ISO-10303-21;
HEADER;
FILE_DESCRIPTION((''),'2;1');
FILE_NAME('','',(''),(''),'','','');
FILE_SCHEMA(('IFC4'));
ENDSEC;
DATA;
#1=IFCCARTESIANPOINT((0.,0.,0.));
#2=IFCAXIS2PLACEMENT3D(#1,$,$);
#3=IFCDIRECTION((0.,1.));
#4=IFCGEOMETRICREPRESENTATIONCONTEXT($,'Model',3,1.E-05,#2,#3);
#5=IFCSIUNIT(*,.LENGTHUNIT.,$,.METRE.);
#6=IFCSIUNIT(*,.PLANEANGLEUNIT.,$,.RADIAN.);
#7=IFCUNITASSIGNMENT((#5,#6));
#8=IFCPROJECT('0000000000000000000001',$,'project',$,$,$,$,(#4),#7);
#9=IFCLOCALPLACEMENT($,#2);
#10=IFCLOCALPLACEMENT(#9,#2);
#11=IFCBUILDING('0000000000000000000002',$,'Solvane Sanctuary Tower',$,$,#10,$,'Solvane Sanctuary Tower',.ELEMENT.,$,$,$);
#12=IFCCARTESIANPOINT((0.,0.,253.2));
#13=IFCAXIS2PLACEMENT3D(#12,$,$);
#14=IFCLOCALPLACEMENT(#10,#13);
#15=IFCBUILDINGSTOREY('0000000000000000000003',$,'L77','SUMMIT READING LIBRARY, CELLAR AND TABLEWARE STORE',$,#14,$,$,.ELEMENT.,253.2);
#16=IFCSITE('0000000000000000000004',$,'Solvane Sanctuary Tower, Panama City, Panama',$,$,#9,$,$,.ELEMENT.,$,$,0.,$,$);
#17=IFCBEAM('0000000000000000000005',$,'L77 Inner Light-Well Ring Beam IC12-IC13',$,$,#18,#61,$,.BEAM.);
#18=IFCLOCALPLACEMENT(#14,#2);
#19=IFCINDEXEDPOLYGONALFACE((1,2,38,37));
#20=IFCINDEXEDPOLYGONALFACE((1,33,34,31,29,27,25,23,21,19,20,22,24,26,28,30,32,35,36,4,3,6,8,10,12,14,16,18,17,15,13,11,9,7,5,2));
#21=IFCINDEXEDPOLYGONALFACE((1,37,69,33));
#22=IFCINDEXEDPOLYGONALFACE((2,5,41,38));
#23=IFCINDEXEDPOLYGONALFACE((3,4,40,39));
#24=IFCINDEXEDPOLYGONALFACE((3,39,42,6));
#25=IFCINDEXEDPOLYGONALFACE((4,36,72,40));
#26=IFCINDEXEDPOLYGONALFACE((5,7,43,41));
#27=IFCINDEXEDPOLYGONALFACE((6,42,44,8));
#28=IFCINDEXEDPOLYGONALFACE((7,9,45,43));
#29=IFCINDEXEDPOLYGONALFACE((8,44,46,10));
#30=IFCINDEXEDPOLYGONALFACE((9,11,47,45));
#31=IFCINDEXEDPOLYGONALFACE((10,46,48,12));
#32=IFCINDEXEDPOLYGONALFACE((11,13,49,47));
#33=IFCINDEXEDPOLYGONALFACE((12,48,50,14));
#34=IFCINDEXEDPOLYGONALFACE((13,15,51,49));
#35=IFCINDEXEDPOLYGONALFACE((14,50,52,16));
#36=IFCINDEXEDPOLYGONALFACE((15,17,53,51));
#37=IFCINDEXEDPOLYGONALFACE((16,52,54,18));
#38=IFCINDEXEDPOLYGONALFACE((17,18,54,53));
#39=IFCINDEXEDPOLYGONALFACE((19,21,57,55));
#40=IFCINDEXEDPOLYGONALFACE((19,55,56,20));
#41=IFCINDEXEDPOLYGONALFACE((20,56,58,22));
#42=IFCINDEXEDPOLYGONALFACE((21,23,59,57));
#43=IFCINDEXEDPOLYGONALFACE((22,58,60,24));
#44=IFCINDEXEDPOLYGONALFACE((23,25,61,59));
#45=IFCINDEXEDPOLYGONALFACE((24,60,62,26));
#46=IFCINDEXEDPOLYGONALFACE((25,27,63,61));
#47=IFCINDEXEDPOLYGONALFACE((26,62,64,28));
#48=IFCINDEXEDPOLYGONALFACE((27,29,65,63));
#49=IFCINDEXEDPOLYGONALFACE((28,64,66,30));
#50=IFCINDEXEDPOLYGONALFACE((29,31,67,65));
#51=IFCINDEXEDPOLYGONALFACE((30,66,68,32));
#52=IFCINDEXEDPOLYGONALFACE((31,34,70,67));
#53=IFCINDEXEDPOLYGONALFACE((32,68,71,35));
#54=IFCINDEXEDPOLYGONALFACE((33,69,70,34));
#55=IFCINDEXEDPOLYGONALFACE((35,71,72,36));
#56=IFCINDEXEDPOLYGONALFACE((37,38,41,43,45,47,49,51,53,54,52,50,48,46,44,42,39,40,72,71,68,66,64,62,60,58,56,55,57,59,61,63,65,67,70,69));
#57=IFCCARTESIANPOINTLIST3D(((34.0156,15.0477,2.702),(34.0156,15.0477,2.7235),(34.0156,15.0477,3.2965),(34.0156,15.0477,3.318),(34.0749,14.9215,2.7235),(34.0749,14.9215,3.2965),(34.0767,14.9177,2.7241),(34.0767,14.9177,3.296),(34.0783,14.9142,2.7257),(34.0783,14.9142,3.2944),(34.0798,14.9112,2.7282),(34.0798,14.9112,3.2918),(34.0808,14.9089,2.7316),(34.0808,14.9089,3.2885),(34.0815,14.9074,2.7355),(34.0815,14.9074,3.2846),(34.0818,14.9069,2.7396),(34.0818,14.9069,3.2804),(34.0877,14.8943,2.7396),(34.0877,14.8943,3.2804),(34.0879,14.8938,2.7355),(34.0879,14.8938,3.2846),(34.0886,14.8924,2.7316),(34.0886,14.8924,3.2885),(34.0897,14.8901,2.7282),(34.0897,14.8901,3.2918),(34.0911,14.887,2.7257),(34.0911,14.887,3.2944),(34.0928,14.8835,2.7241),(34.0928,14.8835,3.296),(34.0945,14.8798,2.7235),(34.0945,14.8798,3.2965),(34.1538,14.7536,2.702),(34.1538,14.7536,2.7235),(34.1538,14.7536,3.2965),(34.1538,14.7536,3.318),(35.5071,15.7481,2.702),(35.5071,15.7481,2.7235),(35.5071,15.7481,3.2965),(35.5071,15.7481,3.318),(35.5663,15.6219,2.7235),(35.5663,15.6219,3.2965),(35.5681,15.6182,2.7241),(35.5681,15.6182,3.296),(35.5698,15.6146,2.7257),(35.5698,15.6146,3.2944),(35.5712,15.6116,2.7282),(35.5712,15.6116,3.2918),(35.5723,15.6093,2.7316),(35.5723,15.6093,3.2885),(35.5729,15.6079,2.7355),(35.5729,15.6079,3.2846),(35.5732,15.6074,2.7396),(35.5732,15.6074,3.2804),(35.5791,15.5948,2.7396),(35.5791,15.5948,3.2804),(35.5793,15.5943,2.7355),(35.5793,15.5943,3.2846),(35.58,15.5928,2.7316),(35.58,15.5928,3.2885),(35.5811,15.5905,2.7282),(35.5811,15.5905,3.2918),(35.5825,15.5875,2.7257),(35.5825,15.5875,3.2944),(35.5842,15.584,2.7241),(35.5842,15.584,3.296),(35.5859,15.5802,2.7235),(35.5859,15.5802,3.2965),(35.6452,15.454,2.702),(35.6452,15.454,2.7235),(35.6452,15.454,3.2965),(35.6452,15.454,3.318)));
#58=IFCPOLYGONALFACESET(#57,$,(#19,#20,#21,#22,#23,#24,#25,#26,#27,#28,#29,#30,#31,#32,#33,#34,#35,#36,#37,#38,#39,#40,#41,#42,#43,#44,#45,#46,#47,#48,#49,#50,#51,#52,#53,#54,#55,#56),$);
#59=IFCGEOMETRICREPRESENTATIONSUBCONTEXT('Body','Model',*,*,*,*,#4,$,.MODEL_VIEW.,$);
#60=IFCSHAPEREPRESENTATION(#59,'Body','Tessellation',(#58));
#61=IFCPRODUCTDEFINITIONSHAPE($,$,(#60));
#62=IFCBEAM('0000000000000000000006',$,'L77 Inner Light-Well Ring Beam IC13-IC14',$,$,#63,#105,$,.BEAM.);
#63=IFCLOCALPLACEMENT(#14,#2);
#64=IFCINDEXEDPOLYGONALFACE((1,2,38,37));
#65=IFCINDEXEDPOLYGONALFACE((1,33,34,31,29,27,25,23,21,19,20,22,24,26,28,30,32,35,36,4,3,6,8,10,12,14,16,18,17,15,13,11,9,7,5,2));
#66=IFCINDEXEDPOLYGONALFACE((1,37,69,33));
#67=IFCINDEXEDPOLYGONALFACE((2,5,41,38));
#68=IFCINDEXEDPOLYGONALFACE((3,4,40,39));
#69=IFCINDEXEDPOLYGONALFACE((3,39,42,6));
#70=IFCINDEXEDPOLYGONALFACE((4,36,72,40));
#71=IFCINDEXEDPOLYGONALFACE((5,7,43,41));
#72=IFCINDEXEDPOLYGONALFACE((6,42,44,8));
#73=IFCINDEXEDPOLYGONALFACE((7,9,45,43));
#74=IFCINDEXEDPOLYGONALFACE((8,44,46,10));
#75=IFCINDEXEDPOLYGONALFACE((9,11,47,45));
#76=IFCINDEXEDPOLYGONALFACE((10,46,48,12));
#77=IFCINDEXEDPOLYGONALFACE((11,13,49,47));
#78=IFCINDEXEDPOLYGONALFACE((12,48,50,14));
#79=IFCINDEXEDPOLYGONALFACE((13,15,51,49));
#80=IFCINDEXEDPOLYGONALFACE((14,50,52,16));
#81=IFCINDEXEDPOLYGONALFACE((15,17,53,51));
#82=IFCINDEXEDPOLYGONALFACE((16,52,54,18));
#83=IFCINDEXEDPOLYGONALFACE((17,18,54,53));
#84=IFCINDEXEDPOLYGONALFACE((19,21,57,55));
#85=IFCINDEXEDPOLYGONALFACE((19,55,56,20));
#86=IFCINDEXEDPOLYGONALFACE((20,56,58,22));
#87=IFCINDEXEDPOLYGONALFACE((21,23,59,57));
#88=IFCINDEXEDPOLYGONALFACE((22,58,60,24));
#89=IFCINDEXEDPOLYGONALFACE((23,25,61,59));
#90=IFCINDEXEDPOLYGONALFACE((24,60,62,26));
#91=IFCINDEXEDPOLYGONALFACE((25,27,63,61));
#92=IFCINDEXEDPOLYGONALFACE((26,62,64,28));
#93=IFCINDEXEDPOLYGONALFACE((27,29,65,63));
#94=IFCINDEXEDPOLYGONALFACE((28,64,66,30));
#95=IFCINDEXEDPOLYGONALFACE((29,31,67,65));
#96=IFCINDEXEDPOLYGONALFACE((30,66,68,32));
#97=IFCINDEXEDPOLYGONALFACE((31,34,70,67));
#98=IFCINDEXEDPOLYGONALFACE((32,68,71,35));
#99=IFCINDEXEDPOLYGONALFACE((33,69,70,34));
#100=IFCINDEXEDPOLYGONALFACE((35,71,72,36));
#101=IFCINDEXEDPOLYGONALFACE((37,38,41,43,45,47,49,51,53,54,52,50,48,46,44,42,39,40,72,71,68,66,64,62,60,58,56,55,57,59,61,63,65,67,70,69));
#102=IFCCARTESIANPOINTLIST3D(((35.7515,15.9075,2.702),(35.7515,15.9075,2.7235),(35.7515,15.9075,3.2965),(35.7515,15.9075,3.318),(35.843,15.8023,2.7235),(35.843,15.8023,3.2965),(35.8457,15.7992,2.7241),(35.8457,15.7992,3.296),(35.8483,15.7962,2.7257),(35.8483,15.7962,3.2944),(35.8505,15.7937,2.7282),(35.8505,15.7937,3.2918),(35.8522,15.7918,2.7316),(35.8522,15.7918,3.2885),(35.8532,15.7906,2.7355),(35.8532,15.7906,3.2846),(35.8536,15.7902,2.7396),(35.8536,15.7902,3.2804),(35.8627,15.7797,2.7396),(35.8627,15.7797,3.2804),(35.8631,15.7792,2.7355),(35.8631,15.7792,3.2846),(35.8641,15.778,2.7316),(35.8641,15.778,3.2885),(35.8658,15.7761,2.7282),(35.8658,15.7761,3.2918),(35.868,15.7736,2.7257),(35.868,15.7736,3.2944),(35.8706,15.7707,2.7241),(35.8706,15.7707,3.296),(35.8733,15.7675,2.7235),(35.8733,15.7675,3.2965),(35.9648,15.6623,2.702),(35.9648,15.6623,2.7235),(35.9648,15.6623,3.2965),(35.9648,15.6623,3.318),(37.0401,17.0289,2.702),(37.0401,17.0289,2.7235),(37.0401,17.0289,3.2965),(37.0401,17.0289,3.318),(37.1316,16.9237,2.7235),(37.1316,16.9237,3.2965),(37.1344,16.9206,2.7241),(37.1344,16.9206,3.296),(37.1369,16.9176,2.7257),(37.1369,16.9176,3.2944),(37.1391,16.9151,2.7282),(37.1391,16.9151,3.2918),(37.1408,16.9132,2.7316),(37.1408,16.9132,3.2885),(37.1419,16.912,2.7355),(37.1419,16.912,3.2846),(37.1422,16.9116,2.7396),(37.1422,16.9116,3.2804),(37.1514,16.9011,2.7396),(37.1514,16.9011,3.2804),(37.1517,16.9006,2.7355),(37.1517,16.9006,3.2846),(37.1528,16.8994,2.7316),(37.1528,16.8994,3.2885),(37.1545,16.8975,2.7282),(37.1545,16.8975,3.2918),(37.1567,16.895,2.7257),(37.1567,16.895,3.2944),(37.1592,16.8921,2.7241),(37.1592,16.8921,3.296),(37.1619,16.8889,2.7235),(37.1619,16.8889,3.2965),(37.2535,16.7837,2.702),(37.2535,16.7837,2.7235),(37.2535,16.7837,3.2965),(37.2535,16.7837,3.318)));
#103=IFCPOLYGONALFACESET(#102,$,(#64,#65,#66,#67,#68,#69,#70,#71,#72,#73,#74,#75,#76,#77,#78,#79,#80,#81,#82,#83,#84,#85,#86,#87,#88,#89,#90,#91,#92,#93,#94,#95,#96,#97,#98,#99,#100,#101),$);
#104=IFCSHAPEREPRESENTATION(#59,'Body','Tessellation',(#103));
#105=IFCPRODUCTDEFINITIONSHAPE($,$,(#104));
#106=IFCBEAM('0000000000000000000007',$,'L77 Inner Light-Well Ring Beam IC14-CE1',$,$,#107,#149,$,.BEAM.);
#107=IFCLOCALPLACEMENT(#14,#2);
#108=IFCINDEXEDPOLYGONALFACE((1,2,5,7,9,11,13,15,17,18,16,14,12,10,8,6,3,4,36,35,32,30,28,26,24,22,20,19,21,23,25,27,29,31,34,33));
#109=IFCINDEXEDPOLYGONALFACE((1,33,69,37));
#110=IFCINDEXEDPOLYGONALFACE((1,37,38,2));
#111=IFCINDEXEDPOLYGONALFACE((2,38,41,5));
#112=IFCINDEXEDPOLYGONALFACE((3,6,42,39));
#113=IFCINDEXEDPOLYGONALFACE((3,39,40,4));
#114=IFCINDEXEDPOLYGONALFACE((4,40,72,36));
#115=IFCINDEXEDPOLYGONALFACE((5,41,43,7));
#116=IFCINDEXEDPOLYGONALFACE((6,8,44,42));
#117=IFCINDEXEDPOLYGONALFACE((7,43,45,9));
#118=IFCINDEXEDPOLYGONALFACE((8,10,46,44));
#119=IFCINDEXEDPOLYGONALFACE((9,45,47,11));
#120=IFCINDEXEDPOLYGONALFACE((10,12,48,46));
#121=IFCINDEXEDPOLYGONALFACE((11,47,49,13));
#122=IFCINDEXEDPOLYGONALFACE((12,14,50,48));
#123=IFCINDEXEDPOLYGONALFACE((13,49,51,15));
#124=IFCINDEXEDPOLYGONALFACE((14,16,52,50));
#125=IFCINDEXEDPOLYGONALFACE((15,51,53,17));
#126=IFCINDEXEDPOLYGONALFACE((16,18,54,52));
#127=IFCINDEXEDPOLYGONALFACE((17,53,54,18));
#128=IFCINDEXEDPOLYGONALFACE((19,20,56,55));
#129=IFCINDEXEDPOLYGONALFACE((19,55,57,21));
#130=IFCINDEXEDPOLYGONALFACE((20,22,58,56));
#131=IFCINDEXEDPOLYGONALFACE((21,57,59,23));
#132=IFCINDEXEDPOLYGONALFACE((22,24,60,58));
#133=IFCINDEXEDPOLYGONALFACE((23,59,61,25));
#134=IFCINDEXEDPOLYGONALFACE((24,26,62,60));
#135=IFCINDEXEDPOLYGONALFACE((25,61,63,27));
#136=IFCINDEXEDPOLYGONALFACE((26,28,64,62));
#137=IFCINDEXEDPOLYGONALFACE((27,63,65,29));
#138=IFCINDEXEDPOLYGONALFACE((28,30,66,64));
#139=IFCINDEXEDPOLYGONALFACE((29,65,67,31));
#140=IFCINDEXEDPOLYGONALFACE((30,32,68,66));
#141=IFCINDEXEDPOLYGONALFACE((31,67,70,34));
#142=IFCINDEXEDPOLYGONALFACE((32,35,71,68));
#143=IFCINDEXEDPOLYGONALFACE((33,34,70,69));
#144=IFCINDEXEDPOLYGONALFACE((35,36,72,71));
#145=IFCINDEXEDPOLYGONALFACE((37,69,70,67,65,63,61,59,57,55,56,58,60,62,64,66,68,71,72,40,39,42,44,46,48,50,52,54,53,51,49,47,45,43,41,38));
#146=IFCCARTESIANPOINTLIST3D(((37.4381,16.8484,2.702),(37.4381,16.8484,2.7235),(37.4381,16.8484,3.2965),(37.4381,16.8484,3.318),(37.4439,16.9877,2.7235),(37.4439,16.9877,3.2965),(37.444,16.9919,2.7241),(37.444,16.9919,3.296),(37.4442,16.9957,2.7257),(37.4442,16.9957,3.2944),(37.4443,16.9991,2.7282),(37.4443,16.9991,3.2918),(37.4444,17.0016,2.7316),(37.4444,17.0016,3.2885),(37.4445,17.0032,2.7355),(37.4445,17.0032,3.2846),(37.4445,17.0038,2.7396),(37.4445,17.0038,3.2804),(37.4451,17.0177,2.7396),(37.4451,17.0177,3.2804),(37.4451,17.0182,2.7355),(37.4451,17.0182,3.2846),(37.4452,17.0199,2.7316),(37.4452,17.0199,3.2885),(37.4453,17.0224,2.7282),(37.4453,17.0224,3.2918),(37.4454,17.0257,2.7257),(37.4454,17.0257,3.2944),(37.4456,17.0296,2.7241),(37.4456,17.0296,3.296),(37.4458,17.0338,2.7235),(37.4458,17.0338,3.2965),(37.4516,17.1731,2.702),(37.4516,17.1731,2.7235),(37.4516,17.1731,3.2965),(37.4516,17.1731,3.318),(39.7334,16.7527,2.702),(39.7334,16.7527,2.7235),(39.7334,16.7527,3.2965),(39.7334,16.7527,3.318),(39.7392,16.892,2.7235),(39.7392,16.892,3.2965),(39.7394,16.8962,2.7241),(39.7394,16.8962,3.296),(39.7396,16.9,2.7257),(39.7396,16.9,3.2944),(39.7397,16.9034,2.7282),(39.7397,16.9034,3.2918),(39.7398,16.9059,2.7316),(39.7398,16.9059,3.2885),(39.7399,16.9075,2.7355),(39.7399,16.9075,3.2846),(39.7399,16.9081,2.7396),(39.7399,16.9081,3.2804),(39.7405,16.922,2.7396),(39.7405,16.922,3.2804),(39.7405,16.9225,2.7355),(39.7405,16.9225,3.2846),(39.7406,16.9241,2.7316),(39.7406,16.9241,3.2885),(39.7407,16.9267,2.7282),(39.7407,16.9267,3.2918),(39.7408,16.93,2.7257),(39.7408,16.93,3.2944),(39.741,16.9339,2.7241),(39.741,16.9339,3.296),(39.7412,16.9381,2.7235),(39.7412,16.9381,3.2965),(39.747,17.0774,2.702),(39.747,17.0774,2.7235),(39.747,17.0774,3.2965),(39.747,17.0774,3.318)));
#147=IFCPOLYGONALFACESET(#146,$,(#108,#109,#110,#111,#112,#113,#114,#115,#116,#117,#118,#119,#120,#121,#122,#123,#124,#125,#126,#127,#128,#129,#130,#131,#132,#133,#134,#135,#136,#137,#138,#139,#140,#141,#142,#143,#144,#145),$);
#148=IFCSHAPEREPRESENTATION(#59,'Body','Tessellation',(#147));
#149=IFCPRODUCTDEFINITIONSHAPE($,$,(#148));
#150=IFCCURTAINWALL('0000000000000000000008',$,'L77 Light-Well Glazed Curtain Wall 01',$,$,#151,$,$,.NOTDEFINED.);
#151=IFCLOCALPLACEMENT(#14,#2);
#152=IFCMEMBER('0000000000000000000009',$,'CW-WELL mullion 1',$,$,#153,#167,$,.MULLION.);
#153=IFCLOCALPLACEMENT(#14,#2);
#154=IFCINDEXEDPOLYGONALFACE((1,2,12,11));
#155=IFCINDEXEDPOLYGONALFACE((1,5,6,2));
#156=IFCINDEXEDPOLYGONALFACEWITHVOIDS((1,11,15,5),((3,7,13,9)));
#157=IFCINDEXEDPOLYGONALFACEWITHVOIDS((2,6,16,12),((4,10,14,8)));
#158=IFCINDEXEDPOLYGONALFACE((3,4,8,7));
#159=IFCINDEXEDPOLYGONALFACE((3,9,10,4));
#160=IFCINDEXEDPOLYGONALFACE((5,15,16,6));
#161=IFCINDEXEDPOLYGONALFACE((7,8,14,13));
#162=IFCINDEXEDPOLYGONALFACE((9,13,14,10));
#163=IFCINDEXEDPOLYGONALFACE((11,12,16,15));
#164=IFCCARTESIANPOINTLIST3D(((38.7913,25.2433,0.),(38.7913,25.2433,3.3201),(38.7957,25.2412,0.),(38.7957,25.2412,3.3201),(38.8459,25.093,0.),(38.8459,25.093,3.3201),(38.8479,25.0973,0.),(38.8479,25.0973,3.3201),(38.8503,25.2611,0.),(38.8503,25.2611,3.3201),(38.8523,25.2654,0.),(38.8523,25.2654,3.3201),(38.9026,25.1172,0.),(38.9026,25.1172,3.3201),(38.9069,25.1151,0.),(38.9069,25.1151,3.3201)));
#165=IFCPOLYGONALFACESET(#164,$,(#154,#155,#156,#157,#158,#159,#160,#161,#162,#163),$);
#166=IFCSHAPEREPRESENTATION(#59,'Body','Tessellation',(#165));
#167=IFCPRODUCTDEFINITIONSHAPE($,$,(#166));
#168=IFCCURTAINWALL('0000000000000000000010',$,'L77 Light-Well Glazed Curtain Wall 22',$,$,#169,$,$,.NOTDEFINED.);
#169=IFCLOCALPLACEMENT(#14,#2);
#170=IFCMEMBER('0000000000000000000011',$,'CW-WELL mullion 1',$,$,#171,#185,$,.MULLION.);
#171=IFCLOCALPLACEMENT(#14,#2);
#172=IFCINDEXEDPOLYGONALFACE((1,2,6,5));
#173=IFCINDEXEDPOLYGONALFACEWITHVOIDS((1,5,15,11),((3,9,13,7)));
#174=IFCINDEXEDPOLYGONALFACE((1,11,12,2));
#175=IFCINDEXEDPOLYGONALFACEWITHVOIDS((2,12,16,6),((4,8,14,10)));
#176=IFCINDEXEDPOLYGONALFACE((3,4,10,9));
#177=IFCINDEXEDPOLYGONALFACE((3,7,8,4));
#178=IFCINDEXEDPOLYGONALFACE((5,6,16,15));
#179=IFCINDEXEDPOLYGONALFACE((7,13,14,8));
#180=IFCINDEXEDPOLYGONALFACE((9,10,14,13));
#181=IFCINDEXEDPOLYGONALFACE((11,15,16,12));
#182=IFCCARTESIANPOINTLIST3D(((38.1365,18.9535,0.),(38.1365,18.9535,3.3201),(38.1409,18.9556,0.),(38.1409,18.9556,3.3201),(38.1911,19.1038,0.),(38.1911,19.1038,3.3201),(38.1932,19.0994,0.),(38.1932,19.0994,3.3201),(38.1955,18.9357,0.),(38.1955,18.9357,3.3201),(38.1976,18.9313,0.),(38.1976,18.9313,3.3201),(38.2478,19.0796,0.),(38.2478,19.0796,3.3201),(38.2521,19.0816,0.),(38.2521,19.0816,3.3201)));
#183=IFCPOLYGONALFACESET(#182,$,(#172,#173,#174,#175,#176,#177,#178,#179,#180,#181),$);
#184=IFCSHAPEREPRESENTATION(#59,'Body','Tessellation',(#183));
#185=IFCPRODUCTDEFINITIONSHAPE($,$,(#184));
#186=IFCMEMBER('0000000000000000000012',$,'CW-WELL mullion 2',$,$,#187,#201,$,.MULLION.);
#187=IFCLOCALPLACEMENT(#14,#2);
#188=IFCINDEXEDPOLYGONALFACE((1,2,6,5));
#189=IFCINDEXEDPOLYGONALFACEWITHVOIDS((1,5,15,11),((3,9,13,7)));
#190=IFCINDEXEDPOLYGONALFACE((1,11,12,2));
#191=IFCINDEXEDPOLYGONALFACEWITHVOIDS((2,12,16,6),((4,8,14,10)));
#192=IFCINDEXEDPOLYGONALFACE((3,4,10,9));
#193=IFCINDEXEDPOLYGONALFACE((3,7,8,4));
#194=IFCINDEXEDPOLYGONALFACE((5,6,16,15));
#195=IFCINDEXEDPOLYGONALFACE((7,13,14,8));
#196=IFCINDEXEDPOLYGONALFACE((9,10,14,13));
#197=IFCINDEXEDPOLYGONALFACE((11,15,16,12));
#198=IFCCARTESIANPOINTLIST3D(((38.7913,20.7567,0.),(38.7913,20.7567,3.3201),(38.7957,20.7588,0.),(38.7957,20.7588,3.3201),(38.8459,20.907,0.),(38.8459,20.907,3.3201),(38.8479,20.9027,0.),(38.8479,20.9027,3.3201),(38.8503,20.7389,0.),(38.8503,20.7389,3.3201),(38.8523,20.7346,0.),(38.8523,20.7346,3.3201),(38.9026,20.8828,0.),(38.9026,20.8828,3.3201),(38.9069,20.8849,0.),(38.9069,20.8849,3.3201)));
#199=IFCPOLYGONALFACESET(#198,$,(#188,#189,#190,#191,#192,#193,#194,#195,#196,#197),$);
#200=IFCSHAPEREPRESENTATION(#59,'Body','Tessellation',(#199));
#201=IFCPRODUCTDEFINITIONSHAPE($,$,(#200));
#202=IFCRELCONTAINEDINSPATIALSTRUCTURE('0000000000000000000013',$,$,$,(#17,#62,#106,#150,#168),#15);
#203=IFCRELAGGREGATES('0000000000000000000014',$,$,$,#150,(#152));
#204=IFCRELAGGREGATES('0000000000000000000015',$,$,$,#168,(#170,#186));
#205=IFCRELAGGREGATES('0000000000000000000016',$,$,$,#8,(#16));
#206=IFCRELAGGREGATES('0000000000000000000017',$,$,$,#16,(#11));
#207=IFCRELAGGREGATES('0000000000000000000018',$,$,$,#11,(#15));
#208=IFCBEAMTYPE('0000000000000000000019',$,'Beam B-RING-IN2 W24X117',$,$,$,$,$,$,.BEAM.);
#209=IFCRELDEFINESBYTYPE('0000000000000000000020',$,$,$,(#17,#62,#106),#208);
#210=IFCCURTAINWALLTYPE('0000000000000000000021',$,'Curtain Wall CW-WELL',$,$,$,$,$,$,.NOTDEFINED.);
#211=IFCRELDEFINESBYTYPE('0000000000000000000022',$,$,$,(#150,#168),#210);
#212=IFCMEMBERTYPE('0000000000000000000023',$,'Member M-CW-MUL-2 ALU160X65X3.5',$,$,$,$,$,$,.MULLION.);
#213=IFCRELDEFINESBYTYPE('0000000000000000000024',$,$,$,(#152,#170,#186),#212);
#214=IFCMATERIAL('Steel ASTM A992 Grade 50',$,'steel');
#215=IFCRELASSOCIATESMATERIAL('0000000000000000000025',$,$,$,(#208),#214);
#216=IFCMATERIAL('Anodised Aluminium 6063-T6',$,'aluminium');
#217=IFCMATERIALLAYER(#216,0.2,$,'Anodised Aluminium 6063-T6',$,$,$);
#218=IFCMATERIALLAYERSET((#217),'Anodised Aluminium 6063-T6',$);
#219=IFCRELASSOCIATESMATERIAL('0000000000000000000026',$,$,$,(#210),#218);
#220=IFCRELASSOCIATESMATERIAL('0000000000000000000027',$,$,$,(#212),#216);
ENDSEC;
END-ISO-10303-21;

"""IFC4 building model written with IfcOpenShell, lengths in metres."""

from ifc_helpers import new_model, si_unit, direction, frame, origin, origin_2d, place, context, subcontext, project, spatial, hollow_rectangle, i_section, extrude, material, layer, layer_set, material_profile, profile_set, type_object, element, aggregate, save


model = new_model("IFC4")

# Units and contexts
model_context = context("Model", 3, precision=1e-05, world=origin(), true_north=direction((0.0, 1.0)))
body_context = subcontext(model_context, "Body", "Model", "MODEL_VIEW")
ifc_project = project(units=[si_unit("LENGTHUNIT", "METRE"), si_unit("PLANEANGLEUNIT", "RADIAN")], contexts=[model_context])

# Site, building, storey
site_placement = place(None, origin())
site = spatial("IfcSite", under=ifc_project, at=site_placement, Name="Solvane Sanctuary Tower, Panama City, Panama", CompositionType="ELEMENT", RefElevation=0.0)
building_placement = place(site_placement, origin())
building = spatial("IfcBuilding", under=site, at=building_placement, Name="Solvane Sanctuary Tower", LongName="Solvane Sanctuary Tower", CompositionType="ELEMENT")
storey_placement = place(building_placement, frame((0.0, 0.0, 253.2)))
storey = spatial("IfcBuildingStorey", under=building, at=storey_placement, Name="L77", Description="SUMMIT READING LIBRARY, CELLAR AND TABLEWARE STORE", CompositionType="ELEMENT", Elevation=253.2)

# Beams
ifc_material_1 = material(Name="Steel ASTM A992 Grade 50", Category="steel")
ifc_material_profile_1 = material_profile(ifc_material_1, i_section(OverallWidth=0.325, OverallDepth=0.616, WebThickness=0.0139, FlangeThickness=0.0215, FilletRadius=0.0161, at=origin_2d()), Name="W24X117")
ifc_profile_set_1 = profile_set([ifc_material_profile_1], Name="Steel ASTM A992 Grade 50")
beam_type_1 = type_object("IfcBeamType", Name="Beam B-RING-IN2 W24X117", PredefinedType="BEAM", material=ifc_profile_set_1)
beam_1_placement = place(storey_placement, frame((34.0847, 14.9006, 3.01), z_axis=(0.905151, 0.42509, 0.0), x_axis=(-0.42509, 0.905151, 0.0)))
element("IfcBeam", 1, at=beam_1_placement, inside=storey, type_object=beam_type_1, Name="L77 Inner Light-Well Ring Beam IC12-IC13", PredefinedType="BEAM", context=body_context, shape_type="SweptSolid", body=[
    extrude(i_section(OverallWidth=0.325, OverallDepth=0.616, WebThickness=0.0139, FlangeThickness=0.0215, FilletRadius=0.0161, at=origin_2d()), origin(), (0.0, 0.0, 1.0), 1.6477),
])
beam_2_placement = place(storey_placement, frame((35.8582, 15.7849, 3.01), z_axis=(0.754362, 0.656458, 0.0), x_axis=(-0.656458, 0.754362, 0.0)))
element("IfcBeam", 2, at=beam_2_placement, inside=storey, type_object=beam_type_1, Name="L77 Inner Light-Well Ring Beam IC13-IC14", PredefinedType="BEAM", context=body_context, shape_type="SweptSolid", body=[
    extrude(i_section(OverallWidth=0.325, OverallDepth=0.616, WebThickness=0.0139, FlangeThickness=0.0215, FilletRadius=0.0161, at=origin_2d()), origin(), (0.0, 0.0, 1.0), 1.7083),
])
beam_3_placement = place(storey_placement, frame((37.4448, 17.0107, 3.01), z_axis=(0.999132, -0.041657, 0.0), x_axis=(0.041657, 0.999132, 0.0)))
element("IfcBeam", 3, at=beam_3_placement, inside=storey, type_object=beam_type_1, Name="L77 Inner Light-Well Ring Beam IC14-CE1", PredefinedType="BEAM", context=body_context, shape_type="SweptSolid", body=[
    extrude(i_section(OverallWidth=0.325, OverallDepth=0.616, WebThickness=0.0139, FlangeThickness=0.0215, FilletRadius=0.0161, at=origin_2d()), origin(), (0.0, 0.0, 1.0), 2.2974),
])

# Curtain wall, member
ifc_material_2 = material(Name="Anodised Aluminium 6063-T6", Category="aluminium")
ifc_layer_1 = layer(ifc_material_2, 0.2, Name="Anodised Aluminium 6063-T6")
ifc_layer_set_1 = layer_set([ifc_layer_1], Name="Anodised Aluminium 6063-T6")
curtain_wall_type = type_object("IfcCurtainWallType", Name="Curtain Wall CW-WELL", PredefinedType="NOTDEFINED", material=ifc_layer_set_1)
curtain_wall_1_placement = place(storey_placement, origin())
curtain_wall_1 = element("IfcCurtainWall", 4, at=curtain_wall_1_placement, inside=storey, type_object=curtain_wall_type, Name="L77 Light-Well Glazed Curtain Wall 01", PredefinedType="NOTDEFINED")
ifc_material_profile_2 = material_profile(ifc_material_2, hollow_rectangle(XDim=0.0649, YDim=0.1599, WallThickness=0.0034, at=origin_2d()), Name="ALU160X65X3.5")
ifc_profile_set_2 = profile_set([ifc_material_profile_2], Name="Anodised Aluminium 6063-T6")
member_type_1 = type_object("IfcMemberType", Name="Member M-CW-MUL-2 ALU160X65X3.5", PredefinedType="MULLION", material=ifc_profile_set_2)
member_1_placement = place(storey_placement, frame((38.8491, 25.1792, 0.0), z_axis=(0.0, 0.0, 1.0), x_axis=(-0.939933, -0.341358, 0.0)))
member_1 = element("IfcMember", 5, at=member_1_placement, type_object=member_type_1, Name="CW-WELL mullion 1", PredefinedType="MULLION", context=body_context, shape_type="SweptSolid", body=[
    extrude(hollow_rectangle(XDim=0.0649, YDim=0.1599, WallThickness=0.0034, at=origin_2d()), origin(), (0.0, 0.0, 1.0), 3.3201),
])

# Curtain wall, members
curtain_wall_2_placement = place(storey_placement, origin())
curtain_wall_2 = element("IfcCurtainWall", 6, at=curtain_wall_2_placement, inside=storey, type_object=curtain_wall_type, Name="L77 Light-Well Glazed Curtain Wall 22", PredefinedType="NOTDEFINED")
member_2_placement = place(storey_placement, frame((38.1943, 19.0176, 0.0), z_axis=(0.0, 0.0, 1.0), x_axis=(-0.939933, 0.341358, 0.0)))
member_2 = element("IfcMember", 7, at=member_2_placement, type_object=member_type_1, Name="CW-WELL mullion 1", PredefinedType="MULLION", context=body_context, shape_type="SweptSolid", body=[
    extrude(hollow_rectangle(XDim=0.0649, YDim=0.1599, WallThickness=0.0034, at=origin_2d()), origin(), (0.0, 0.0, 1.0), 3.3201),
])
member_3_placement = place(storey_placement, frame((38.8491, 20.8208, 0.0), z_axis=(0.0, 0.0, 1.0), x_axis=(-0.939933, 0.341358, 0.0)))
member_3 = element("IfcMember", 8, at=member_3_placement, type_object=member_type_1, Name="CW-WELL mullion 2", PredefinedType="MULLION", context=body_context, shape_type="SweptSolid", body=[
    extrude(hollow_rectangle(XDim=0.0649, YDim=0.1599, WallThickness=0.0034, at=origin_2d()), origin(), (0.0, 0.0, 1.0), 3.3201),
])

aggregate(curtain_wall_1, [member_1])

aggregate(curtain_wall_2, [member_2, member_3])

save(model, "model.ifc")
